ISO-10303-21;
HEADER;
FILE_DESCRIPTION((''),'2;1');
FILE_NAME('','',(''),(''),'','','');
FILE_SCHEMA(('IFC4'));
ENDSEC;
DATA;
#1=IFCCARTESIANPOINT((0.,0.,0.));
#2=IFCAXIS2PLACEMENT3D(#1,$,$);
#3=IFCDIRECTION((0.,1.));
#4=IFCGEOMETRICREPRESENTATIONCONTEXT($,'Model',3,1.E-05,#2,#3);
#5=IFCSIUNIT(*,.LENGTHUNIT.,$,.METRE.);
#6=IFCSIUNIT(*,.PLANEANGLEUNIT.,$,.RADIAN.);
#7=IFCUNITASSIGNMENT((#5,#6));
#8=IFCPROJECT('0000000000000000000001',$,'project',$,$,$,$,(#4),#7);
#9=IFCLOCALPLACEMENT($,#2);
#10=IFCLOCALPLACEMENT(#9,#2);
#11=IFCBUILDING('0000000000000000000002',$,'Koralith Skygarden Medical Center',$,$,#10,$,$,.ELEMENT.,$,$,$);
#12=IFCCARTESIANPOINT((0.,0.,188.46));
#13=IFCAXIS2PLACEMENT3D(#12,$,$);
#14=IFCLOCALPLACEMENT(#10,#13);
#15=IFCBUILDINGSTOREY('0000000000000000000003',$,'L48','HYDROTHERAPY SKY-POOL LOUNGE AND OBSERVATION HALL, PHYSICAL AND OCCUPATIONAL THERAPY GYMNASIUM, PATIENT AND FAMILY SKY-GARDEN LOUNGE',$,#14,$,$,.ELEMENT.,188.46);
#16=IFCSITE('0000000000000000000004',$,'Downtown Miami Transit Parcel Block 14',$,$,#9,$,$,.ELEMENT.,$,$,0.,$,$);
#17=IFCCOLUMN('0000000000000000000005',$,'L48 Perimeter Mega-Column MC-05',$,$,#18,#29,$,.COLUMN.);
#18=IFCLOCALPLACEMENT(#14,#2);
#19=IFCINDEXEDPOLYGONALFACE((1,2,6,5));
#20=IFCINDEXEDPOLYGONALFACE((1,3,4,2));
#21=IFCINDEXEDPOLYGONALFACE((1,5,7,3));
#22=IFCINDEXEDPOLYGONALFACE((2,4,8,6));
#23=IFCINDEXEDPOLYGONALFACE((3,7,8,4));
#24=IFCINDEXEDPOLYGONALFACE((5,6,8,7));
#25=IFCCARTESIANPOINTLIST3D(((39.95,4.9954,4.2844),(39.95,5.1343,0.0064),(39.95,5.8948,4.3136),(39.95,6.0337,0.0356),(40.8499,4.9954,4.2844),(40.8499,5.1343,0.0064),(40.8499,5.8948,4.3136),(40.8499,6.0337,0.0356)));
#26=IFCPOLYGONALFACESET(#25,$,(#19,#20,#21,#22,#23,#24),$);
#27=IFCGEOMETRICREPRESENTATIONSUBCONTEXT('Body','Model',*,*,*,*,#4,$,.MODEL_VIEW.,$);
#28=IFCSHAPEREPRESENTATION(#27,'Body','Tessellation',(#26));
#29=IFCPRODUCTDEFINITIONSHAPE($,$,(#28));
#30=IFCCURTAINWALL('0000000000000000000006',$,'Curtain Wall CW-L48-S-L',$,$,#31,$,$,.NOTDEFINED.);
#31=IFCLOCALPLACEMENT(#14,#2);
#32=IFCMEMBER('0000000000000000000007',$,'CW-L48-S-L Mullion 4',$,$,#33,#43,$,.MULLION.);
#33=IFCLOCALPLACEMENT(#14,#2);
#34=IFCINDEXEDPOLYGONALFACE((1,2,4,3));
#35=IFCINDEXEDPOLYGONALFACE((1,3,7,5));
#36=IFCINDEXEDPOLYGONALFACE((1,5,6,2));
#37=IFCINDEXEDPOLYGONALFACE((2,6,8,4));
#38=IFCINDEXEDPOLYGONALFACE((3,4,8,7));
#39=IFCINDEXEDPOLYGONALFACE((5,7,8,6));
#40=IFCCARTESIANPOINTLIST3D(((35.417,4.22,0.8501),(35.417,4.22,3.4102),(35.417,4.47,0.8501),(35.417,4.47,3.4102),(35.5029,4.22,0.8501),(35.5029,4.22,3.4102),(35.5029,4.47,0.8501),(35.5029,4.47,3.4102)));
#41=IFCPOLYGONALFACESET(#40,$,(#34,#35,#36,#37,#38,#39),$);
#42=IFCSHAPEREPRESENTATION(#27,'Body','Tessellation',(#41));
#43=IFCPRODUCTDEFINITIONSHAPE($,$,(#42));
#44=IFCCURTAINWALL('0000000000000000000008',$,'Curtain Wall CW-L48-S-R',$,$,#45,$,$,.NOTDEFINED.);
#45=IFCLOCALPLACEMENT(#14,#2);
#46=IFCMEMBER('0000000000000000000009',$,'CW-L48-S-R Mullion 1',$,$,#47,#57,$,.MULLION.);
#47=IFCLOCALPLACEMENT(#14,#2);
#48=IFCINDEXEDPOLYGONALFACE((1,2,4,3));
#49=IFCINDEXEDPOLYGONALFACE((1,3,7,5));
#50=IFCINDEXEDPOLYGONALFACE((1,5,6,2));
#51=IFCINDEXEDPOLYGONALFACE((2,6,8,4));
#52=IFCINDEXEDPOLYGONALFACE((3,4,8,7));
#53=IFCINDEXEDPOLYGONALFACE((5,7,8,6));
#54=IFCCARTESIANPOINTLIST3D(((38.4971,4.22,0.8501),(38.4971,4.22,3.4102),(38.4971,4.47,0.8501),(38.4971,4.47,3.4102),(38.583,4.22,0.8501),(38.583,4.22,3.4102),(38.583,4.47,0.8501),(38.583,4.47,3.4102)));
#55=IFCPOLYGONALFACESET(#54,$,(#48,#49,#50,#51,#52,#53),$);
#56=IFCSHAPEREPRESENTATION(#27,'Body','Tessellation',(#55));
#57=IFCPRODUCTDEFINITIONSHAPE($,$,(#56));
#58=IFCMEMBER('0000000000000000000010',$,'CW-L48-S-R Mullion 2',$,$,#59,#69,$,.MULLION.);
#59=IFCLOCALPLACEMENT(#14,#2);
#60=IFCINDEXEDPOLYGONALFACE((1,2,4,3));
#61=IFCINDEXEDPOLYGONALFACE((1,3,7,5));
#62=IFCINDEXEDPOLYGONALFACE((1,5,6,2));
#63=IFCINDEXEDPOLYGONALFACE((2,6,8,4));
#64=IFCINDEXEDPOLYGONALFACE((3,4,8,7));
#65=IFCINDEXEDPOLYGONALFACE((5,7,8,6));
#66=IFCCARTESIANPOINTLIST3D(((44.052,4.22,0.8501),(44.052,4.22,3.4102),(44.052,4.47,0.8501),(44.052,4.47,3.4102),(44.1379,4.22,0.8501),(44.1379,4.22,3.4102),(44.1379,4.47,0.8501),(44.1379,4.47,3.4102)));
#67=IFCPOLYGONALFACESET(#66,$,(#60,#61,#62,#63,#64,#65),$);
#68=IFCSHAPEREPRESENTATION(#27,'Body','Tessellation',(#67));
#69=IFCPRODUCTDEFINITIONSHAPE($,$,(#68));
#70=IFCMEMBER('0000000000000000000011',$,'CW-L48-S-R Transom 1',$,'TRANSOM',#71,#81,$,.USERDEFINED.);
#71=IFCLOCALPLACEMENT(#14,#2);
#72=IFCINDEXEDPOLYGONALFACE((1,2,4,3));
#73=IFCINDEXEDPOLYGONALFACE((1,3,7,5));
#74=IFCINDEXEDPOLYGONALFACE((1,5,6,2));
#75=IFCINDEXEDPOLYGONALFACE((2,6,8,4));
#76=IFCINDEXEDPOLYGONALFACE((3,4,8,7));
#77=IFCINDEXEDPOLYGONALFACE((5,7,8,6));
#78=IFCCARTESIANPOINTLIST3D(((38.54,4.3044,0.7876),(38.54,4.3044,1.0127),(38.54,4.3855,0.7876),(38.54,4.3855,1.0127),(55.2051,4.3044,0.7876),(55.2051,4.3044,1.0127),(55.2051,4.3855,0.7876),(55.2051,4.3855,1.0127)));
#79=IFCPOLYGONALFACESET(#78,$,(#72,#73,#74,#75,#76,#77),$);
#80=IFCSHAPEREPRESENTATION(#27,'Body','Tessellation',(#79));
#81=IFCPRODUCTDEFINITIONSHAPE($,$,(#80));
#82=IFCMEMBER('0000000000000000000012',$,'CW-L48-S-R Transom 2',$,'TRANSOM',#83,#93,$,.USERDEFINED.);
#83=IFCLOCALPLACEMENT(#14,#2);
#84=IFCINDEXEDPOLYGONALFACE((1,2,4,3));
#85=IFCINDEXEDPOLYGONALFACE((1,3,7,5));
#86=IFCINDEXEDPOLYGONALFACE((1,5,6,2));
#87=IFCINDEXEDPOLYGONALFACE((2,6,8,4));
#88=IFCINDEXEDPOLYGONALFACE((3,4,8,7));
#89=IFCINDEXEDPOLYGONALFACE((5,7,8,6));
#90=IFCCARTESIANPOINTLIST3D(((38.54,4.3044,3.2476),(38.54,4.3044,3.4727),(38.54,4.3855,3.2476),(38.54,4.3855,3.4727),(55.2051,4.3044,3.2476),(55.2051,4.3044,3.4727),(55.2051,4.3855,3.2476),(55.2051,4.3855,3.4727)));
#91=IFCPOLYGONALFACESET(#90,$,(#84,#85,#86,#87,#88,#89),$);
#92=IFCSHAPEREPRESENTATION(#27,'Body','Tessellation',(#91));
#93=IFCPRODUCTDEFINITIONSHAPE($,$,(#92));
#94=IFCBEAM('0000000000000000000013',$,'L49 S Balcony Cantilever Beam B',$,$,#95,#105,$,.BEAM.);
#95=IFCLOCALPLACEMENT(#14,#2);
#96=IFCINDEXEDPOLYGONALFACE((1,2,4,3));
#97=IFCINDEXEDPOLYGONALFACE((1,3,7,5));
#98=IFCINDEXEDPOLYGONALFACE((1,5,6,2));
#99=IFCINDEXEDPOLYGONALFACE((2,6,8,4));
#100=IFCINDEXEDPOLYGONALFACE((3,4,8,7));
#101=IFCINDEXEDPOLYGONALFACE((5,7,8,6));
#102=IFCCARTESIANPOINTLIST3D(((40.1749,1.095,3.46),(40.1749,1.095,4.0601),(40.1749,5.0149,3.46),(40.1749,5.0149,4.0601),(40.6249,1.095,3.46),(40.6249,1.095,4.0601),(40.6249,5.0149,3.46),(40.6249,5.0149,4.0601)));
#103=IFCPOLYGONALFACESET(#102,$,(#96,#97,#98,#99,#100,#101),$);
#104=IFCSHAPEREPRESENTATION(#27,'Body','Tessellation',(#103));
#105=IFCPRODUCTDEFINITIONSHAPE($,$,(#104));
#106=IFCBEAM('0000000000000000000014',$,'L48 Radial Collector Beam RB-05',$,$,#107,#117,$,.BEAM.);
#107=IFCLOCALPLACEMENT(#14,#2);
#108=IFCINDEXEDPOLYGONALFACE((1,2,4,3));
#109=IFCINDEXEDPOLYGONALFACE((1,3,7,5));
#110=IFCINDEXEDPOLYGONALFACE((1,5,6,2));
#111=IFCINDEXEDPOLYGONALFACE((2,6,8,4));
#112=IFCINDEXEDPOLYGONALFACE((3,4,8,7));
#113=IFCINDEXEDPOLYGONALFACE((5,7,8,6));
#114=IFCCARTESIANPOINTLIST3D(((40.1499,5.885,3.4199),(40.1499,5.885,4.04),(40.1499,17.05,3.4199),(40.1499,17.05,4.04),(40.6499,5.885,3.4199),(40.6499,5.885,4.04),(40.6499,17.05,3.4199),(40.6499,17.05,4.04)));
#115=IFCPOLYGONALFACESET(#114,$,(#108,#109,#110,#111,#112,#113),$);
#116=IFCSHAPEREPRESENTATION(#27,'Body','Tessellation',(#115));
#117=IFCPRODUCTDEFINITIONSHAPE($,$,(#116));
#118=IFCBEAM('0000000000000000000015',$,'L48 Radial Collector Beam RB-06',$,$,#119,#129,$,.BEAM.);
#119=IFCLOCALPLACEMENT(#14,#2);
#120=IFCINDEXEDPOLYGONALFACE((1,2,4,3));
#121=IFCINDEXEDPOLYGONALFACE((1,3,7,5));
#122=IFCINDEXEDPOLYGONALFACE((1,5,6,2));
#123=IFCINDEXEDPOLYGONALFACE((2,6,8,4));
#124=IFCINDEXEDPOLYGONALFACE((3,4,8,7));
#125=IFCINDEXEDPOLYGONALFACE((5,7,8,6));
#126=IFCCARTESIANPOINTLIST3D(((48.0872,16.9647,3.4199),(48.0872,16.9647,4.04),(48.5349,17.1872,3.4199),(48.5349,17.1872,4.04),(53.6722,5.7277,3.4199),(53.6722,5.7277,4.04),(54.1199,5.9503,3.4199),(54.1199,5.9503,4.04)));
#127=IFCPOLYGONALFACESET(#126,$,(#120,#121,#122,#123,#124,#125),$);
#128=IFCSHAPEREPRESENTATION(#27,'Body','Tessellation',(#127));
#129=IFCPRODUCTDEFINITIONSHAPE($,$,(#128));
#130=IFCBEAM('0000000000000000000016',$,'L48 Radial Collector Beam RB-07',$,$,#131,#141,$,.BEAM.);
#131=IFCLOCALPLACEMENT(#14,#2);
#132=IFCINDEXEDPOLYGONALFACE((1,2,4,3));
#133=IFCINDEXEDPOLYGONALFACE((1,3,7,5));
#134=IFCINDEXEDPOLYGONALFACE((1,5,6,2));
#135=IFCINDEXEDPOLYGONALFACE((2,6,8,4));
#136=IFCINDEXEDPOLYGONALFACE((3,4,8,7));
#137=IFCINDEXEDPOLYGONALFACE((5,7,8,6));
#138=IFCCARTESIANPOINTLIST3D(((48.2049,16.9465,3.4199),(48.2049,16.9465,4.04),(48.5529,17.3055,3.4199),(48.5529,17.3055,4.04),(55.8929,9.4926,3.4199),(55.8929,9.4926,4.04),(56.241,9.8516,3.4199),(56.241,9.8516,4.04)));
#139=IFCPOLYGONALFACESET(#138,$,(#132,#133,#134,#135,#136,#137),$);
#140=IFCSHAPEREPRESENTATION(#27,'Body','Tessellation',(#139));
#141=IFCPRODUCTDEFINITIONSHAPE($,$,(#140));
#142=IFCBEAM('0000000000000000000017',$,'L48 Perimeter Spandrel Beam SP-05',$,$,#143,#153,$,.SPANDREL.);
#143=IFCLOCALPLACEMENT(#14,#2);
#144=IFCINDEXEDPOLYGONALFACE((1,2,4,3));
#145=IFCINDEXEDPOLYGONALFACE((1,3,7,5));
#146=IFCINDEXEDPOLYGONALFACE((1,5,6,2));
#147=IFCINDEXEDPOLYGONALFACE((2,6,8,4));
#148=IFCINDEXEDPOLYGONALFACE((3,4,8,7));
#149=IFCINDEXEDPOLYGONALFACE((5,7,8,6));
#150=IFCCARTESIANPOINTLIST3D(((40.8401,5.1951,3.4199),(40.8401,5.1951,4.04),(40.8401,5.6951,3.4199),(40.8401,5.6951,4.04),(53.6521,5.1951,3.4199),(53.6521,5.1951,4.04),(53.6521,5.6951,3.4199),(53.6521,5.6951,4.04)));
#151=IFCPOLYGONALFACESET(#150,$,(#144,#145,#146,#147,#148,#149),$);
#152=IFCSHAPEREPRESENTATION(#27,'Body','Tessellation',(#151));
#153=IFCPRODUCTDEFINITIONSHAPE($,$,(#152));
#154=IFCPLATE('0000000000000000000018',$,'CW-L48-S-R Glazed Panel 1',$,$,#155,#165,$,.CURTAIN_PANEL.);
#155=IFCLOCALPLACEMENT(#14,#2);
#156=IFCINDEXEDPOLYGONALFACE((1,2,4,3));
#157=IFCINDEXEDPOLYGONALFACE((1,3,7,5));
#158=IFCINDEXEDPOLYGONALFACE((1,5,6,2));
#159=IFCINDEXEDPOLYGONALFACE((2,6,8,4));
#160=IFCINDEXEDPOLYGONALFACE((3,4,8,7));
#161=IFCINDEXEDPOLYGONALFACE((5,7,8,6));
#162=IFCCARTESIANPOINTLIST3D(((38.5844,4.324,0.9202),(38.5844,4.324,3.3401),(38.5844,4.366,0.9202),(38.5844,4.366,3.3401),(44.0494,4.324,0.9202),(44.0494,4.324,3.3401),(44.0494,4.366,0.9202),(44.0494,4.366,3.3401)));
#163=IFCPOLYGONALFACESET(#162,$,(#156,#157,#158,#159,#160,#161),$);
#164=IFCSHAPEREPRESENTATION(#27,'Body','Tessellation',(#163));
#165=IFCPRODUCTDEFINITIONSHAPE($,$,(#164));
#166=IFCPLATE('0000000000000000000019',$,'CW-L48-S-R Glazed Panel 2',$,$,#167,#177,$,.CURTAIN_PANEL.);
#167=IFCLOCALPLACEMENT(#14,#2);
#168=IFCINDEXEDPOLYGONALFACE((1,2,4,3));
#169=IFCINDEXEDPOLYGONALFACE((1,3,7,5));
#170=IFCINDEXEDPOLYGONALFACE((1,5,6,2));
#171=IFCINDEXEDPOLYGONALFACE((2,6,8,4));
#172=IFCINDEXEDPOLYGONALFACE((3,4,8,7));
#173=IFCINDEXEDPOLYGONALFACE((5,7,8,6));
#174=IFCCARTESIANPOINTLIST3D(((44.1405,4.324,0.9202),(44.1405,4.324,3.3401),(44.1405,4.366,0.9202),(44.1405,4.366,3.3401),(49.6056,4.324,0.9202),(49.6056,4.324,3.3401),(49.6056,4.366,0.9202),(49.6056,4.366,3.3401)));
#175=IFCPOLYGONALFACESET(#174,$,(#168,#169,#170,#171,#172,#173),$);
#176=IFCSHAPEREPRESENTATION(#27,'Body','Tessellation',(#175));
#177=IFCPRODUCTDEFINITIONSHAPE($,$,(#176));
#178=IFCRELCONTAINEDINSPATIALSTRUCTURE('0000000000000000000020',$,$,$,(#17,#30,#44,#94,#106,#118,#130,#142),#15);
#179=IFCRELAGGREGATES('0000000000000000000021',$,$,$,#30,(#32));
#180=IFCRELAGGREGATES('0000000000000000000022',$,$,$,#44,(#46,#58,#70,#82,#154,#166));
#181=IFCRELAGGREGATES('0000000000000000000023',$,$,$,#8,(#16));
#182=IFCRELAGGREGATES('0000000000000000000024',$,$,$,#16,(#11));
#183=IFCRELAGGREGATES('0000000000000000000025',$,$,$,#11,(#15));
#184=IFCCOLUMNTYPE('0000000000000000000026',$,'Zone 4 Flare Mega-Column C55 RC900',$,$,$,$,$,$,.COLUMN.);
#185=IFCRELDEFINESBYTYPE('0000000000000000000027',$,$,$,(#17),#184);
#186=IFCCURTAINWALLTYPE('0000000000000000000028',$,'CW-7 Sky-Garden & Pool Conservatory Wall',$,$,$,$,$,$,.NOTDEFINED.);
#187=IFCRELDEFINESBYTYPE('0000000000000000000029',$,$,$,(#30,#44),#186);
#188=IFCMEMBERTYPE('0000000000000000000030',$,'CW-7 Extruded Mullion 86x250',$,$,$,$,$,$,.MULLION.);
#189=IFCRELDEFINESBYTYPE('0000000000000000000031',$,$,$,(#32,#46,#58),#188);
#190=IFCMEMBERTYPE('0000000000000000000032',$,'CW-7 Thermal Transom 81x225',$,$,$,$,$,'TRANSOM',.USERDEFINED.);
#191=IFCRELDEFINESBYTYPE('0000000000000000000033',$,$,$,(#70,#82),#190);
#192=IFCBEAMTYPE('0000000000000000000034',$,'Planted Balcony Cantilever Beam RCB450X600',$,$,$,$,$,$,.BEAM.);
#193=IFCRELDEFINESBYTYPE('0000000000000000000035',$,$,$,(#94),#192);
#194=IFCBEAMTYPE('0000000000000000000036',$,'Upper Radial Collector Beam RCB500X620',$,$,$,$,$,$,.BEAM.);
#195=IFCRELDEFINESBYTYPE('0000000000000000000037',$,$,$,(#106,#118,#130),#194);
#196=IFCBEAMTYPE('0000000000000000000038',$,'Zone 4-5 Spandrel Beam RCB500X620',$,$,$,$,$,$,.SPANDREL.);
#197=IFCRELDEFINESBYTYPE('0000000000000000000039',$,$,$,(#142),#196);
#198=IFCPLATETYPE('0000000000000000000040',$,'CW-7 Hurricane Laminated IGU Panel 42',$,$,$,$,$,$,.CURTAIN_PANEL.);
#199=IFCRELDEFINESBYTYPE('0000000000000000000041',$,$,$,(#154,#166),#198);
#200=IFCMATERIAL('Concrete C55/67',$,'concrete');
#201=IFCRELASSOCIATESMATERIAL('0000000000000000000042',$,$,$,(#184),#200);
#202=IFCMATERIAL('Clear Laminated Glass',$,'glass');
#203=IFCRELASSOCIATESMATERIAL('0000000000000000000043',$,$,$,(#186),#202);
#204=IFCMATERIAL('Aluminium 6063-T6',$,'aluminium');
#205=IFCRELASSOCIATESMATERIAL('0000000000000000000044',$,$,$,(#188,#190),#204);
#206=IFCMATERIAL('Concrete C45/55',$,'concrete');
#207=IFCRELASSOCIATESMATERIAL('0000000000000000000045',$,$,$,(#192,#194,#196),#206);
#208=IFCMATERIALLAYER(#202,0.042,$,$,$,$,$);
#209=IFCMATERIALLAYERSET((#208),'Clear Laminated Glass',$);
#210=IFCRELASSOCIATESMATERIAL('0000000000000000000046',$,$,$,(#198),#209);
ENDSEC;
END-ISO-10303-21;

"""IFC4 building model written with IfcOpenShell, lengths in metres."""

from ifc_helpers import new_model, si_unit, direction, frame, origin, origin_2d, place, context, subcontext, project, spatial, rectangle, extrude, material, layer, layer_set, material_profile, profile_set, type_object, element, aggregate, save


model = new_model("IFC4")

# Units and contexts
model_context = context("Model", 3, precision=1e-05, world=origin(), true_north=direction((0.0, 1.0)))
body_context = subcontext(model_context, "Body", "Model", "MODEL_VIEW")
ifc_project = project(units=[si_unit("LENGTHUNIT", "METRE"), si_unit("PLANEANGLEUNIT", "RADIAN")], contexts=[model_context])

# Site, building, storey
site_placement = place(None, origin())
site = spatial("IfcSite", under=ifc_project, at=site_placement, Name="Downtown Miami Transit Parcel Block 14", CompositionType="ELEMENT", RefElevation=0.0)
building_placement = place(site_placement, origin())
building = spatial("IfcBuilding", under=site, at=building_placement, Name="Koralith Skygarden Medical Center", CompositionType="ELEMENT")
storey_placement = place(building_placement, frame((0.0, 0.0, 188.46)))
storey = spatial("IfcBuildingStorey", under=building, at=storey_placement, Name="L48", Description="HYDROTHERAPY SKY-POOL LOUNGE AND OBSERVATION HALL, PHYSICAL AND OCCUPATIONAL THERAPY GYMNASIUM, PATIENT AND FAMILY SKY-GARDEN LOUNGE", CompositionType="ELEMENT", Elevation=188.46)

# Column
ifc_material_1 = material(Name="Concrete C55/67", Category="concrete")
ifc_material_profile_1 = material_profile(ifc_material_1, rectangle(XDim=0.8999, YDim=0.8999, at=origin_2d()), Name="RC900X900")
ifc_profile_set_1 = profile_set([ifc_material_profile_1], Name="Concrete C55/67")
column_type = type_object("IfcColumnType", Name="Zone 4 Flare Mega-Column C55 RC900", PredefinedType="COLUMN", material=ifc_profile_set_1)
column_placement = place(storey_placement, frame((40.3999, 5.584, 0.021), z_axis=(0.0, -0.032455, 0.999473), x_axis=(1.0, 0.0, 0.0)))
element("IfcColumn", 1, at=column_placement, inside=storey, type_object=column_type, Name="L48 Perimeter Mega-Column MC-05", PredefinedType="COLUMN", context=body_context, shape_type="SweptSolid", body=[
    extrude(rectangle(XDim=0.8999, YDim=0.8999, at=origin_2d()), origin(), (0.0, 0.0, 1.0), 4.2803),
])

# Curtain wall, member
ifc_material_2 = material(Name="Clear Laminated Glass", Category="glass")
curtain_wall_type = type_object("IfcCurtainWallType", Name="CW-7 Sky-Garden & Pool Conservatory Wall", PredefinedType="NOTDEFINED", material=ifc_material_2)
curtain_wall_1_placement = place(storey_placement, origin())
curtain_wall_1 = element("IfcCurtainWall", 2, at=curtain_wall_1_placement, inside=storey, type_object=curtain_wall_type, Name="Curtain Wall CW-L48-S-L", PredefinedType="NOTDEFINED")
ifc_material_3 = material(Name="Aluminium 6063-T6", Category="aluminium")
ifc_material_profile_2 = material_profile(ifc_material_3, rectangle(XDim=0.0859, YDim=0.25, at=origin_2d()), Name="MUL86X250")
ifc_profile_set_2 = profile_set([ifc_material_profile_2], Name="Aluminium 6063-T6")
member_type_1 = type_object("IfcMemberType", Name="CW-7 Extruded Mullion 86x250", PredefinedType="MULLION", material=ifc_profile_set_2)
member_1_placement = place(storey_placement, frame((35.46, 4.345, 0.8501), z_axis=(0.0, 0.0, 1.0), x_axis=(1.0, 0.0, 0.0)))
member_1 = element("IfcMember", 3, at=member_1_placement, type_object=member_type_1, Name="CW-L48-S-L Mullion 4", PredefinedType="MULLION", context=body_context, shape_type="SweptSolid", body=[
    extrude(rectangle(XDim=0.0859, YDim=0.25, at=origin_2d()), origin(), (0.0, 0.0, 1.0), 2.5601),
])
aggregate(curtain_wall_1, [member_1])

# Curtain wall, members
curtain_wall_2_placement = place(storey_placement, origin())
curtain_wall_2 = element("IfcCurtainWall", 4, at=curtain_wall_2_placement, inside=storey, type_object=curtain_wall_type, Name="Curtain Wall CW-L48-S-R", PredefinedType="NOTDEFINED")
member_2_placement = place(storey_placement, frame((38.54, 4.345, 0.8501), z_axis=(0.0, 0.0, 1.0), x_axis=(1.0, 0.0, 0.0)))
member_2 = element("IfcMember", 5, at=member_2_placement, type_object=member_type_1, Name="CW-L48-S-R Mullion 1", PredefinedType="MULLION", context=body_context, shape_type="SweptSolid", body=[
    extrude(rectangle(XDim=0.0859, YDim=0.25, at=origin_2d()), origin(), (0.0, 0.0, 1.0), 2.5601),
])
member_3_placement = place(storey_placement, frame((44.095, 4.345, 0.8501), z_axis=(0.0, 0.0, 1.0), x_axis=(1.0, 0.0, 0.0)))
member_3 = element("IfcMember", 6, at=member_3_placement, type_object=member_type_1, Name="CW-L48-S-R Mullion 2", PredefinedType="MULLION", context=body_context, shape_type="SweptSolid", body=[
    extrude(rectangle(XDim=0.0859, YDim=0.25, at=origin_2d()), origin(), (0.0, 0.0, 1.0), 2.5601),
])
ifc_material_profile_3 = material_profile(ifc_material_3, rectangle(XDim=0.0811, YDim=0.2251, at=origin_2d()), Name="TRN81X225")
ifc_profile_set_3 = profile_set([ifc_material_profile_3], Name="Aluminium 6063-T6")
member_type_2 = type_object("IfcMemberType", Name="CW-7 Thermal Transom 81x225", ElementType="TRANSOM", PredefinedType="USERDEFINED", material=ifc_profile_set_3)
member_4_placement = place(storey_placement, frame((38.54, 4.345, 0.9001), z_axis=(1.0, 0.0, 0.0), x_axis=(0.0, 1.0, 0.0)))
member_4 = element("IfcMember", 7, at=member_4_placement, type_object=member_type_2, Name="CW-L48-S-R Transom 1", ObjectType="TRANSOM", PredefinedType="USERDEFINED", context=body_context, shape_type="SweptSolid", body=[
    extrude(rectangle(XDim=0.0811, YDim=0.2251, at=origin_2d()), origin(), (0.0, 0.0, 1.0), 16.665),
])
member_5_placement = place(storey_placement, frame((38.54, 4.345, 3.3601), z_axis=(1.0, 0.0, 0.0), x_axis=(0.0, 1.0, 0.0)))
member_5 = element("IfcMember", 8, at=member_5_placement, type_object=member_type_2, Name="CW-L48-S-R Transom 2", ObjectType="TRANSOM", PredefinedType="USERDEFINED", context=body_context, shape_type="SweptSolid", body=[
    extrude(rectangle(XDim=0.0811, YDim=0.2251, at=origin_2d()), origin(), (0.0, 0.0, 1.0), 16.665),
])

# Beams
ifc_material_4 = material(Name="Concrete C45/55", Category="concrete")
ifc_material_profile_4 = material_profile(ifc_material_4, rectangle(XDim=0.45, YDim=0.6001, at=origin_2d()), Name="RCB450X600")
ifc_profile_set_4 = profile_set([ifc_material_profile_4], Name="Concrete C45/55")
beam_type_1 = type_object("IfcBeamType", Name="Planted Balcony Cantilever Beam RCB450X600", PredefinedType="BEAM", material=ifc_profile_set_4)
beam_1_placement = place(storey_placement, frame((40.3999, 5.0149, 3.76), z_axis=(0.0, -1.0, 0.0), x_axis=(1.0, 0.0, 0.0)))
element("IfcBeam", 9, at=beam_1_placement, inside=storey, type_object=beam_type_1, Name="L49 S Balcony Cantilever Beam B", PredefinedType="BEAM", context=body_context, shape_type="SweptSolid", body=[
    extrude(rectangle(XDim=0.45, YDim=0.6001, at=origin_2d()), origin(), (0.0, 0.0, 1.0), 3.9199),
])
ifc_material_profile_5 = material_profile(ifc_material_4, rectangle(XDim=0.5, YDim=0.6201, at=origin_2d()), Name="RCB500X620")
ifc_profile_set_5 = profile_set([ifc_material_profile_5], Name="Concrete C45/55")
beam_type_2 = type_object("IfcBeamType", Name="Upper Radial Collector Beam RCB500X620", PredefinedType="BEAM", material=ifc_profile_set_5)
beam_2_placement = place(storey_placement, frame((40.3999, 17.05, 3.73), z_axis=(0.0, -1.0, 0.0), x_axis=(1.0, 0.0, 0.0)))
element("IfcBeam", 10, at=beam_2_placement, inside=storey, type_object=beam_type_2, Name="L48 Radial Collector Beam RB-05", PredefinedType="BEAM", context=body_context, shape_type="SweptSolid", body=[
    extrude(rectangle(XDim=0.5, YDim=0.6201, at=origin_2d()), origin(), (0.0, 0.0, 1.0), 11.165),
])
beam_3_placement = place(storey_placement, frame((48.311, 17.0759, 3.73), z_axis=(0.44508, -0.895491, 0.0), x_axis=(0.895491, 0.44508, 0.0)))
element("IfcBeam", 11, at=beam_3_placement, inside=storey, type_object=beam_type_2, Name="L48 Radial Collector Beam RB-06", PredefinedType="BEAM", context=body_context, shape_type="SweptSolid", body=[
    extrude(rectangle(XDim=0.5, YDim=0.6201, at=origin_2d()), origin(), (0.0, 0.0, 1.0), 12.5483),
])
beam_4_placement = place(storey_placement, frame((48.3789, 17.126, 3.73), z_axis=(0.717955, -0.69609, 0.0), x_axis=(0.69609, 0.717955, 0.0)))
element("IfcBeam", 12, at=beam_4_placement, inside=storey, type_object=beam_type_2, Name="L48 Radial Collector Beam RB-07", PredefinedType="BEAM", context=body_context, shape_type="SweptSolid", body=[
    extrude(rectangle(XDim=0.5, YDim=0.6201, at=origin_2d()), origin(), (0.0, 0.0, 1.0), 10.7083),
])
ifc_material_profile_6 = material_profile(ifc_material_4, rectangle(XDim=0.5, YDim=0.6201, at=origin_2d()), Name="RCB500X620")
ifc_profile_set_6 = profile_set([ifc_material_profile_6], Name="Concrete C45/55")
beam_type_3 = type_object("IfcBeamType", Name="Zone 4-5 Spandrel Beam RCB500X620", PredefinedType="SPANDREL", material=ifc_profile_set_6)
beam_5_placement = place(storey_placement, frame((40.8401, 5.4451, 3.73), z_axis=(1.0, 0.0, 0.0), x_axis=(0.0, 1.0, 0.0)))
element("IfcBeam", 13, at=beam_5_placement, inside=storey, type_object=beam_type_3, Name="L48 Perimeter Spandrel Beam SP-05", PredefinedType="SPANDREL", context=body_context, shape_type="SweptSolid", body=[
    extrude(rectangle(XDim=0.5, YDim=0.6201, at=origin_2d()), origin(), (0.0, 0.0, 1.0), 12.812),
])

# Plates
ifc_layer_1 = layer(ifc_material_2, 0.042)
ifc_layer_set_1 = layer_set([ifc_layer_1], Name="Clear Laminated Glass")
plate_type = type_object("IfcPlateType", Name="CW-7 Hurricane Laminated IGU Panel 42", PredefinedType="CURTAIN_PANEL", material=ifc_layer_set_1)
plate_1_placement = place(storey_placement, frame((41.3169, 4.345, 0.9202), z_axis=(0.0, 0.0, 1.0), x_axis=(1.0, 0.0, 0.0)))
plate_1 = element("IfcPlate", 14, at=plate_1_placement, type_object=plate_type, Name="CW-L48-S-R Glazed Panel 1", PredefinedType="CURTAIN_PANEL", context=body_context, shape_type="SweptSolid", body=[
    extrude(rectangle(XDim=5.4651, YDim=0.042, at=origin_2d()), origin(), (0.0, 0.0, 1.0), 2.4199),
])
plate_2_placement = place(storey_placement, frame((46.873, 4.345, 0.9202), z_axis=(0.0, 0.0, 1.0), x_axis=(1.0, 0.0, 0.0)))
plate_2 = element("IfcPlate", 15, at=plate_2_placement, type_object=plate_type, Name="CW-L48-S-R Glazed Panel 2", PredefinedType="CURTAIN_PANEL", context=body_context, shape_type="SweptSolid", body=[
    extrude(rectangle(XDim=5.4651, YDim=0.042, at=origin_2d()), origin(), (0.0, 0.0, 1.0), 2.4199),
])
aggregate(curtain_wall_2, [member_2, member_3, member_4, member_5, plate_1, plate_2])

save(model, "model.ifc")
